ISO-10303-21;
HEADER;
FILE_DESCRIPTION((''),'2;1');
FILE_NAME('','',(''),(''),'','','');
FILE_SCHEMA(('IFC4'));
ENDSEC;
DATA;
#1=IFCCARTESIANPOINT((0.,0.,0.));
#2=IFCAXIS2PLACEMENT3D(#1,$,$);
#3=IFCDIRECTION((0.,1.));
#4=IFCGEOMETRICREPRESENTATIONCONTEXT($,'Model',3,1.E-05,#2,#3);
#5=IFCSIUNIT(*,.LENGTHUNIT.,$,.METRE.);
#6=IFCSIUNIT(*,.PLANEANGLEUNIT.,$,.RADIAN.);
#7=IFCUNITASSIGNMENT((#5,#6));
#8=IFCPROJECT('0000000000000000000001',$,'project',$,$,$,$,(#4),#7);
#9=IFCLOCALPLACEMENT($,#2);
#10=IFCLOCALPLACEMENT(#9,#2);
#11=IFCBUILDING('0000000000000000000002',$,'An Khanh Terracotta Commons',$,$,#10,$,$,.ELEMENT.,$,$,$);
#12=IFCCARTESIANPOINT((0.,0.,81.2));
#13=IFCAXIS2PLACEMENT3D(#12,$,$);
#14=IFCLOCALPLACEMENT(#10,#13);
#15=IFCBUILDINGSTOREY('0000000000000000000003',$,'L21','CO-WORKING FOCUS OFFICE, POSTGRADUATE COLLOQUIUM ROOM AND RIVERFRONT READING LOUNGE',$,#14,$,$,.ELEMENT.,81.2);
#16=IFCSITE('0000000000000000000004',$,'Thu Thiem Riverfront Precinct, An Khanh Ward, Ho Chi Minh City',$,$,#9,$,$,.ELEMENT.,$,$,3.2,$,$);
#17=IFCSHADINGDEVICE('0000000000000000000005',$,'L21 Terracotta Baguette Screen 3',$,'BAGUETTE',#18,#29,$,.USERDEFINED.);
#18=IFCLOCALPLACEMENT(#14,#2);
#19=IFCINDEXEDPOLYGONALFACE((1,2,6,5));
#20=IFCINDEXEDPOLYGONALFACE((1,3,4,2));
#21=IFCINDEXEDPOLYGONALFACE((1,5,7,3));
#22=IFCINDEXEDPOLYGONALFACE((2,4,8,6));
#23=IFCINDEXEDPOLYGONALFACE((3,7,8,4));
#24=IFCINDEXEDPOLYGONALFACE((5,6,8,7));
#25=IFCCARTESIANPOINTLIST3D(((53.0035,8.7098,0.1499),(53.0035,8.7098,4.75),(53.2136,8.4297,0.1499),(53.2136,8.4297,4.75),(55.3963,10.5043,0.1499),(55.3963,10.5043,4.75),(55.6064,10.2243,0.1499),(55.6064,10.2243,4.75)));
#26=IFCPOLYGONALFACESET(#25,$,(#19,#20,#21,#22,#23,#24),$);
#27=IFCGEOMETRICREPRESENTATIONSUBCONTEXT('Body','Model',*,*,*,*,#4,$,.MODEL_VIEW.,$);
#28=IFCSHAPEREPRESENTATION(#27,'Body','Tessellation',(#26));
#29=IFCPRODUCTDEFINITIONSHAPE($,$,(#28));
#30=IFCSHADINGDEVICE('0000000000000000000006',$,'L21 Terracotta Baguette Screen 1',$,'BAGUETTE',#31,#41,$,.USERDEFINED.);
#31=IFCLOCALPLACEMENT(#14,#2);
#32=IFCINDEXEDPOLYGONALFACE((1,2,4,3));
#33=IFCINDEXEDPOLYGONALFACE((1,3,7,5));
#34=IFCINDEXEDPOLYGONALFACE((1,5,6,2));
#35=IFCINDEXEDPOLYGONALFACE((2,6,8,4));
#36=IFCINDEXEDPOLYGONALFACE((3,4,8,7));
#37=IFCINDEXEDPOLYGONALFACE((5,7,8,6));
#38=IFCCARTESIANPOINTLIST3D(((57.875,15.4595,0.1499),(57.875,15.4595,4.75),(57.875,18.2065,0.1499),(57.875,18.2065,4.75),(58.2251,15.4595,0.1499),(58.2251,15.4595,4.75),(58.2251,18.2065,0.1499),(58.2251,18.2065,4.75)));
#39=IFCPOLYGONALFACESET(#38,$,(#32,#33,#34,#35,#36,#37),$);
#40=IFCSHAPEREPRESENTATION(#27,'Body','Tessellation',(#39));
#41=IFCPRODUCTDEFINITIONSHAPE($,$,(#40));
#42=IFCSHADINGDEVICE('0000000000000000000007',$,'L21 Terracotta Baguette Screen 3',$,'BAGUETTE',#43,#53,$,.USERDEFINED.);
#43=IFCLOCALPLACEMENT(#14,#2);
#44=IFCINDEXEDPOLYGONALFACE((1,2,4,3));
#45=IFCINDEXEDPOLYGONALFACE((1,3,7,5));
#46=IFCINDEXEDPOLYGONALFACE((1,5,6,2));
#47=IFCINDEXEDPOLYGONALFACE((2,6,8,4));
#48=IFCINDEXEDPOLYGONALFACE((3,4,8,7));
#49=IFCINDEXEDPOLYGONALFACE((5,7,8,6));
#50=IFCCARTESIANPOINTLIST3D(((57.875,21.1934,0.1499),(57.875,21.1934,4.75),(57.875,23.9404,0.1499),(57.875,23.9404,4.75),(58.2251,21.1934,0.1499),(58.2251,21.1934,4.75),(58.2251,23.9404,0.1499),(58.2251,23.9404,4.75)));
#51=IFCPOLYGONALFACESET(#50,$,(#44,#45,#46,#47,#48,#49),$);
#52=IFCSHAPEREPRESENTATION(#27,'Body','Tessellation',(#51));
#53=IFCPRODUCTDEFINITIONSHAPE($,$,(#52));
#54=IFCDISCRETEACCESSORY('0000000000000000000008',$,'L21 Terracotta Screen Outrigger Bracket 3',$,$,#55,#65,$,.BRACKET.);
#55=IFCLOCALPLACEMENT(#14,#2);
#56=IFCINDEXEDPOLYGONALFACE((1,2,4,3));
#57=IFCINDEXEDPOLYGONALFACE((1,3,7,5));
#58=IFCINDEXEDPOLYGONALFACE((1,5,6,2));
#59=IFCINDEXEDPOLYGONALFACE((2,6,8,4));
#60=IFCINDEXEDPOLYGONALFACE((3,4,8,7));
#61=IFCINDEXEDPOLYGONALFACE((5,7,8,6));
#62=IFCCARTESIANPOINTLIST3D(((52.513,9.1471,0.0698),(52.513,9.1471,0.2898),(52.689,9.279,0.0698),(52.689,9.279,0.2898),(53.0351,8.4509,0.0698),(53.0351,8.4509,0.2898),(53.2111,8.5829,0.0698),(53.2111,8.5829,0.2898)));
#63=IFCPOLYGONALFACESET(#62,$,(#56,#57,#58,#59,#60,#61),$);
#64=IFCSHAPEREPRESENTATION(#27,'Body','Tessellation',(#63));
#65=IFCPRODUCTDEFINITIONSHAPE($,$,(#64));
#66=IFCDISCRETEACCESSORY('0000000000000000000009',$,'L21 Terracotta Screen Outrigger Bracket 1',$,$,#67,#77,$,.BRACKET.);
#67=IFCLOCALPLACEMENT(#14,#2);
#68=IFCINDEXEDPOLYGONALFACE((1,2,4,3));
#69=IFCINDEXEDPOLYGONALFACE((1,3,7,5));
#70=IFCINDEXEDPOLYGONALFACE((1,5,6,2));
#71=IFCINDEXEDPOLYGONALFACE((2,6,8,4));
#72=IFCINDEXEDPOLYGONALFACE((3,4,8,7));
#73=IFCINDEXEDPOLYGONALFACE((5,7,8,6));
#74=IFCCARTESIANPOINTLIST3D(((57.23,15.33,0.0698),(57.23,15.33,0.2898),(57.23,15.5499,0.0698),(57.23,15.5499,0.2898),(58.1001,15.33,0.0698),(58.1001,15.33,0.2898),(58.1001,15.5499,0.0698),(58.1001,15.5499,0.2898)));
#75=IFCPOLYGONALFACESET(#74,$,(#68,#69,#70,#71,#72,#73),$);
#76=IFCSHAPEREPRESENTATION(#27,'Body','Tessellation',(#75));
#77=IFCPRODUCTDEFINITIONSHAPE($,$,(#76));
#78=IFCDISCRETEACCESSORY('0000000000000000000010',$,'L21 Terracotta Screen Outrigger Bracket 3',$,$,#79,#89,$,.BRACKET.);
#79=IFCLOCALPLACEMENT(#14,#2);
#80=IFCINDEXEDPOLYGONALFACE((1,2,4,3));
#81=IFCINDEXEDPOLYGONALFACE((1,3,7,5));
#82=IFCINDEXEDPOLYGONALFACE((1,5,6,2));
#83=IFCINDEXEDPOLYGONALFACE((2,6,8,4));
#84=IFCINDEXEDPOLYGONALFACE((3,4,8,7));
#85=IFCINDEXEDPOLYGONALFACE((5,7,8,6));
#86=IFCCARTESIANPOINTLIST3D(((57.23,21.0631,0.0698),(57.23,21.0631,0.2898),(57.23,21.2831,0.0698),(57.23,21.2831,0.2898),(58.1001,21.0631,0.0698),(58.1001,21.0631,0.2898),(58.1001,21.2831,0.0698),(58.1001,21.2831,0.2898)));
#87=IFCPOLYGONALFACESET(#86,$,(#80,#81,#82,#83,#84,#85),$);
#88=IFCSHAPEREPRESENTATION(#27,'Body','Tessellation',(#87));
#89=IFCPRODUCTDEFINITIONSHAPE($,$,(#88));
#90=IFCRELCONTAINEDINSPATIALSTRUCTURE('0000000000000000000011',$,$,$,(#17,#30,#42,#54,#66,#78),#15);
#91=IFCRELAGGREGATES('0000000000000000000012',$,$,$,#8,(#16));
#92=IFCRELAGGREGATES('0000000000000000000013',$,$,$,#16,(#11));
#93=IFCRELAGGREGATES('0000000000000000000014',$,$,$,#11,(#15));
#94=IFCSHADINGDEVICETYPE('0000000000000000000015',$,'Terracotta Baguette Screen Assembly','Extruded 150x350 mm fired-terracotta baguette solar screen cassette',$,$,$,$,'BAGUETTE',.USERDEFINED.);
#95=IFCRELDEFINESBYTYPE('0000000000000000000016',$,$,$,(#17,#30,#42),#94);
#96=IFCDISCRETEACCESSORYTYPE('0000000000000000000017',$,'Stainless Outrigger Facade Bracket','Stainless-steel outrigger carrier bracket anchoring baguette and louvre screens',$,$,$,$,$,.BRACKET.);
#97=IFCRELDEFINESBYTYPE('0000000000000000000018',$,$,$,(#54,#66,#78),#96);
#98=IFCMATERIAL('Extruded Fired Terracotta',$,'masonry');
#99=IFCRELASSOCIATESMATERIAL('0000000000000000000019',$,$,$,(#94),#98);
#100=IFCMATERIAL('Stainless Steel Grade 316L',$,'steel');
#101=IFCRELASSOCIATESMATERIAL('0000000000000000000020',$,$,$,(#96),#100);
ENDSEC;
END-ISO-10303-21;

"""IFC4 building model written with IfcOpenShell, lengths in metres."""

from ifc_helpers import new_model, si_unit, direction, frame, origin, origin_2d, place, context, subcontext, project, spatial, rectangle, extrude, material, type_object, element, save


model = new_model("IFC4")

# Units and contexts
model_context = context("Model", 3, precision=1e-05, world=origin(), true_north=direction((0.0, 1.0)))
body_context = subcontext(model_context, "Body", "Model", "MODEL_VIEW")
ifc_project = project(units=[si_unit("LENGTHUNIT", "METRE"), si_unit("PLANEANGLEUNIT", "RADIAN")], contexts=[model_context])

# Site, building, storey
site_placement = place(None, origin())
site = spatial("IfcSite", under=ifc_project, at=site_placement, Name="Thu Thiem Riverfront Precinct, An Khanh Ward, Ho Chi Minh City", CompositionType="ELEMENT", RefElevation=3.2)
building_placement = place(site_placement, origin())
building = spatial("IfcBuilding", under=site, at=building_placement, Name="An Khanh Terracotta Commons", CompositionType="ELEMENT")
storey_placement = place(building_placement, frame((0.0, 0.0, 81.2)))
storey = spatial("IfcBuildingStorey", under=building, at=storey_placement, Name="L21", Description="CO-WORKING FOCUS OFFICE, POSTGRADUATE COLLOQUIUM ROOM AND RIVERFRONT READING LOUNGE", CompositionType="ELEMENT", Elevation=81.2)

# Shading devices
ifc_material_1 = material(Name="Extruded Fired Terracotta", Category="masonry")
shading_device_type = type_object("IfcShadingDeviceType", Name="Terracotta Baguette Screen Assembly", Description="Extruded 150x350 mm fired-terracotta baguette solar screen cassette", ElementType="BAGUETTE", PredefinedType="USERDEFINED", material=ifc_material_1)
shading_device_placement = place(storey_placement, frame((54.3049, 9.467, 0.1499), z_axis=(0.0, 0.0, 1.0), x_axis=(0.800013, 0.599983, 0.0)))
element("IfcShadingDevice", 1, at=shading_device_placement, inside=storey, type_object=shading_device_type, Name="L21 Terracotta Baguette Screen 3", ObjectType="BAGUETTE", PredefinedType="USERDEFINED", context=body_context, shape_type="SweptSolid", body=[
    extrude(rectangle(XDim=2.991, YDim=0.3501, at=origin_2d()), origin(), (0.0, 0.0, 1.0), 4.6001),
])
for number, where, z_axis, x_axis, name in (
    (2, (58.05, 16.833, 0.1499), (0.0, 0.0, 1.0), (0.0, 1.0, 0.0), "L21 Terracotta Baguette Screen 1"),
    (3, (58.05, 22.5669, 0.1499), (0.0, 0.0, 1.0), (0.0, 1.0, 0.0), "L21 Terracotta Baguette Screen 3"),
):
    element("IfcShadingDevice", number, at=place(storey_placement, frame(where, z_axis=z_axis, x_axis=x_axis)), inside=storey, type_object=shading_device_type, Name=name, ObjectType="BAGUETTE", PredefinedType="USERDEFINED", context=body_context, shape_type="SweptSolid", body=[
        extrude(rectangle(XDim=2.7471, YDim=0.3501, at=origin_2d()), origin(), (0.0, 0.0, 1.0), 4.6001),
    ])

# Discrete accessories
ifc_material_2 = material(Name="Stainless Steel Grade 316L", Category="steel")
discrete_accessory_type = type_object("IfcDiscreteAccessoryType", Name="Stainless Outrigger Facade Bracket", Description="Stainless-steel outrigger carrier bracket anchoring baguette and louvre screens", PredefinedType="BRACKET", material=ifc_material_2)
for number, where, z_axis, x_axis, name in (
    (4, (52.8621, 8.865, 0.0698), (0.0, 0.0, 1.0), (0.800013, 0.599983, 0.0), "L21 Terracotta Screen Outrigger Bracket 3"),
    (5, (57.665, 15.4399, 0.0698), (0.0, 0.0, 1.0), (0.0, 1.0, 0.0), "L21 Terracotta Screen Outrigger Bracket 1"),
    (6, (57.665, 21.1731, 0.0698), (0.0, 0.0, 1.0), (0.0, 1.0, 0.0), "L21 Terracotta Screen Outrigger Bracket 3"),
):
    element("IfcDiscreteAccessory", number, at=place(storey_placement, frame(where, z_axis=z_axis, x_axis=x_axis)), inside=storey, type_object=discrete_accessory_type, Name=name, PredefinedType="BRACKET", context=body_context, shape_type="SweptSolid", body=[
        extrude(rectangle(XDim=0.22, YDim=0.8701, at=origin_2d()), origin(), (0.0, 0.0, 1.0), 0.22),
    ])

save(model, "model.ifc")
